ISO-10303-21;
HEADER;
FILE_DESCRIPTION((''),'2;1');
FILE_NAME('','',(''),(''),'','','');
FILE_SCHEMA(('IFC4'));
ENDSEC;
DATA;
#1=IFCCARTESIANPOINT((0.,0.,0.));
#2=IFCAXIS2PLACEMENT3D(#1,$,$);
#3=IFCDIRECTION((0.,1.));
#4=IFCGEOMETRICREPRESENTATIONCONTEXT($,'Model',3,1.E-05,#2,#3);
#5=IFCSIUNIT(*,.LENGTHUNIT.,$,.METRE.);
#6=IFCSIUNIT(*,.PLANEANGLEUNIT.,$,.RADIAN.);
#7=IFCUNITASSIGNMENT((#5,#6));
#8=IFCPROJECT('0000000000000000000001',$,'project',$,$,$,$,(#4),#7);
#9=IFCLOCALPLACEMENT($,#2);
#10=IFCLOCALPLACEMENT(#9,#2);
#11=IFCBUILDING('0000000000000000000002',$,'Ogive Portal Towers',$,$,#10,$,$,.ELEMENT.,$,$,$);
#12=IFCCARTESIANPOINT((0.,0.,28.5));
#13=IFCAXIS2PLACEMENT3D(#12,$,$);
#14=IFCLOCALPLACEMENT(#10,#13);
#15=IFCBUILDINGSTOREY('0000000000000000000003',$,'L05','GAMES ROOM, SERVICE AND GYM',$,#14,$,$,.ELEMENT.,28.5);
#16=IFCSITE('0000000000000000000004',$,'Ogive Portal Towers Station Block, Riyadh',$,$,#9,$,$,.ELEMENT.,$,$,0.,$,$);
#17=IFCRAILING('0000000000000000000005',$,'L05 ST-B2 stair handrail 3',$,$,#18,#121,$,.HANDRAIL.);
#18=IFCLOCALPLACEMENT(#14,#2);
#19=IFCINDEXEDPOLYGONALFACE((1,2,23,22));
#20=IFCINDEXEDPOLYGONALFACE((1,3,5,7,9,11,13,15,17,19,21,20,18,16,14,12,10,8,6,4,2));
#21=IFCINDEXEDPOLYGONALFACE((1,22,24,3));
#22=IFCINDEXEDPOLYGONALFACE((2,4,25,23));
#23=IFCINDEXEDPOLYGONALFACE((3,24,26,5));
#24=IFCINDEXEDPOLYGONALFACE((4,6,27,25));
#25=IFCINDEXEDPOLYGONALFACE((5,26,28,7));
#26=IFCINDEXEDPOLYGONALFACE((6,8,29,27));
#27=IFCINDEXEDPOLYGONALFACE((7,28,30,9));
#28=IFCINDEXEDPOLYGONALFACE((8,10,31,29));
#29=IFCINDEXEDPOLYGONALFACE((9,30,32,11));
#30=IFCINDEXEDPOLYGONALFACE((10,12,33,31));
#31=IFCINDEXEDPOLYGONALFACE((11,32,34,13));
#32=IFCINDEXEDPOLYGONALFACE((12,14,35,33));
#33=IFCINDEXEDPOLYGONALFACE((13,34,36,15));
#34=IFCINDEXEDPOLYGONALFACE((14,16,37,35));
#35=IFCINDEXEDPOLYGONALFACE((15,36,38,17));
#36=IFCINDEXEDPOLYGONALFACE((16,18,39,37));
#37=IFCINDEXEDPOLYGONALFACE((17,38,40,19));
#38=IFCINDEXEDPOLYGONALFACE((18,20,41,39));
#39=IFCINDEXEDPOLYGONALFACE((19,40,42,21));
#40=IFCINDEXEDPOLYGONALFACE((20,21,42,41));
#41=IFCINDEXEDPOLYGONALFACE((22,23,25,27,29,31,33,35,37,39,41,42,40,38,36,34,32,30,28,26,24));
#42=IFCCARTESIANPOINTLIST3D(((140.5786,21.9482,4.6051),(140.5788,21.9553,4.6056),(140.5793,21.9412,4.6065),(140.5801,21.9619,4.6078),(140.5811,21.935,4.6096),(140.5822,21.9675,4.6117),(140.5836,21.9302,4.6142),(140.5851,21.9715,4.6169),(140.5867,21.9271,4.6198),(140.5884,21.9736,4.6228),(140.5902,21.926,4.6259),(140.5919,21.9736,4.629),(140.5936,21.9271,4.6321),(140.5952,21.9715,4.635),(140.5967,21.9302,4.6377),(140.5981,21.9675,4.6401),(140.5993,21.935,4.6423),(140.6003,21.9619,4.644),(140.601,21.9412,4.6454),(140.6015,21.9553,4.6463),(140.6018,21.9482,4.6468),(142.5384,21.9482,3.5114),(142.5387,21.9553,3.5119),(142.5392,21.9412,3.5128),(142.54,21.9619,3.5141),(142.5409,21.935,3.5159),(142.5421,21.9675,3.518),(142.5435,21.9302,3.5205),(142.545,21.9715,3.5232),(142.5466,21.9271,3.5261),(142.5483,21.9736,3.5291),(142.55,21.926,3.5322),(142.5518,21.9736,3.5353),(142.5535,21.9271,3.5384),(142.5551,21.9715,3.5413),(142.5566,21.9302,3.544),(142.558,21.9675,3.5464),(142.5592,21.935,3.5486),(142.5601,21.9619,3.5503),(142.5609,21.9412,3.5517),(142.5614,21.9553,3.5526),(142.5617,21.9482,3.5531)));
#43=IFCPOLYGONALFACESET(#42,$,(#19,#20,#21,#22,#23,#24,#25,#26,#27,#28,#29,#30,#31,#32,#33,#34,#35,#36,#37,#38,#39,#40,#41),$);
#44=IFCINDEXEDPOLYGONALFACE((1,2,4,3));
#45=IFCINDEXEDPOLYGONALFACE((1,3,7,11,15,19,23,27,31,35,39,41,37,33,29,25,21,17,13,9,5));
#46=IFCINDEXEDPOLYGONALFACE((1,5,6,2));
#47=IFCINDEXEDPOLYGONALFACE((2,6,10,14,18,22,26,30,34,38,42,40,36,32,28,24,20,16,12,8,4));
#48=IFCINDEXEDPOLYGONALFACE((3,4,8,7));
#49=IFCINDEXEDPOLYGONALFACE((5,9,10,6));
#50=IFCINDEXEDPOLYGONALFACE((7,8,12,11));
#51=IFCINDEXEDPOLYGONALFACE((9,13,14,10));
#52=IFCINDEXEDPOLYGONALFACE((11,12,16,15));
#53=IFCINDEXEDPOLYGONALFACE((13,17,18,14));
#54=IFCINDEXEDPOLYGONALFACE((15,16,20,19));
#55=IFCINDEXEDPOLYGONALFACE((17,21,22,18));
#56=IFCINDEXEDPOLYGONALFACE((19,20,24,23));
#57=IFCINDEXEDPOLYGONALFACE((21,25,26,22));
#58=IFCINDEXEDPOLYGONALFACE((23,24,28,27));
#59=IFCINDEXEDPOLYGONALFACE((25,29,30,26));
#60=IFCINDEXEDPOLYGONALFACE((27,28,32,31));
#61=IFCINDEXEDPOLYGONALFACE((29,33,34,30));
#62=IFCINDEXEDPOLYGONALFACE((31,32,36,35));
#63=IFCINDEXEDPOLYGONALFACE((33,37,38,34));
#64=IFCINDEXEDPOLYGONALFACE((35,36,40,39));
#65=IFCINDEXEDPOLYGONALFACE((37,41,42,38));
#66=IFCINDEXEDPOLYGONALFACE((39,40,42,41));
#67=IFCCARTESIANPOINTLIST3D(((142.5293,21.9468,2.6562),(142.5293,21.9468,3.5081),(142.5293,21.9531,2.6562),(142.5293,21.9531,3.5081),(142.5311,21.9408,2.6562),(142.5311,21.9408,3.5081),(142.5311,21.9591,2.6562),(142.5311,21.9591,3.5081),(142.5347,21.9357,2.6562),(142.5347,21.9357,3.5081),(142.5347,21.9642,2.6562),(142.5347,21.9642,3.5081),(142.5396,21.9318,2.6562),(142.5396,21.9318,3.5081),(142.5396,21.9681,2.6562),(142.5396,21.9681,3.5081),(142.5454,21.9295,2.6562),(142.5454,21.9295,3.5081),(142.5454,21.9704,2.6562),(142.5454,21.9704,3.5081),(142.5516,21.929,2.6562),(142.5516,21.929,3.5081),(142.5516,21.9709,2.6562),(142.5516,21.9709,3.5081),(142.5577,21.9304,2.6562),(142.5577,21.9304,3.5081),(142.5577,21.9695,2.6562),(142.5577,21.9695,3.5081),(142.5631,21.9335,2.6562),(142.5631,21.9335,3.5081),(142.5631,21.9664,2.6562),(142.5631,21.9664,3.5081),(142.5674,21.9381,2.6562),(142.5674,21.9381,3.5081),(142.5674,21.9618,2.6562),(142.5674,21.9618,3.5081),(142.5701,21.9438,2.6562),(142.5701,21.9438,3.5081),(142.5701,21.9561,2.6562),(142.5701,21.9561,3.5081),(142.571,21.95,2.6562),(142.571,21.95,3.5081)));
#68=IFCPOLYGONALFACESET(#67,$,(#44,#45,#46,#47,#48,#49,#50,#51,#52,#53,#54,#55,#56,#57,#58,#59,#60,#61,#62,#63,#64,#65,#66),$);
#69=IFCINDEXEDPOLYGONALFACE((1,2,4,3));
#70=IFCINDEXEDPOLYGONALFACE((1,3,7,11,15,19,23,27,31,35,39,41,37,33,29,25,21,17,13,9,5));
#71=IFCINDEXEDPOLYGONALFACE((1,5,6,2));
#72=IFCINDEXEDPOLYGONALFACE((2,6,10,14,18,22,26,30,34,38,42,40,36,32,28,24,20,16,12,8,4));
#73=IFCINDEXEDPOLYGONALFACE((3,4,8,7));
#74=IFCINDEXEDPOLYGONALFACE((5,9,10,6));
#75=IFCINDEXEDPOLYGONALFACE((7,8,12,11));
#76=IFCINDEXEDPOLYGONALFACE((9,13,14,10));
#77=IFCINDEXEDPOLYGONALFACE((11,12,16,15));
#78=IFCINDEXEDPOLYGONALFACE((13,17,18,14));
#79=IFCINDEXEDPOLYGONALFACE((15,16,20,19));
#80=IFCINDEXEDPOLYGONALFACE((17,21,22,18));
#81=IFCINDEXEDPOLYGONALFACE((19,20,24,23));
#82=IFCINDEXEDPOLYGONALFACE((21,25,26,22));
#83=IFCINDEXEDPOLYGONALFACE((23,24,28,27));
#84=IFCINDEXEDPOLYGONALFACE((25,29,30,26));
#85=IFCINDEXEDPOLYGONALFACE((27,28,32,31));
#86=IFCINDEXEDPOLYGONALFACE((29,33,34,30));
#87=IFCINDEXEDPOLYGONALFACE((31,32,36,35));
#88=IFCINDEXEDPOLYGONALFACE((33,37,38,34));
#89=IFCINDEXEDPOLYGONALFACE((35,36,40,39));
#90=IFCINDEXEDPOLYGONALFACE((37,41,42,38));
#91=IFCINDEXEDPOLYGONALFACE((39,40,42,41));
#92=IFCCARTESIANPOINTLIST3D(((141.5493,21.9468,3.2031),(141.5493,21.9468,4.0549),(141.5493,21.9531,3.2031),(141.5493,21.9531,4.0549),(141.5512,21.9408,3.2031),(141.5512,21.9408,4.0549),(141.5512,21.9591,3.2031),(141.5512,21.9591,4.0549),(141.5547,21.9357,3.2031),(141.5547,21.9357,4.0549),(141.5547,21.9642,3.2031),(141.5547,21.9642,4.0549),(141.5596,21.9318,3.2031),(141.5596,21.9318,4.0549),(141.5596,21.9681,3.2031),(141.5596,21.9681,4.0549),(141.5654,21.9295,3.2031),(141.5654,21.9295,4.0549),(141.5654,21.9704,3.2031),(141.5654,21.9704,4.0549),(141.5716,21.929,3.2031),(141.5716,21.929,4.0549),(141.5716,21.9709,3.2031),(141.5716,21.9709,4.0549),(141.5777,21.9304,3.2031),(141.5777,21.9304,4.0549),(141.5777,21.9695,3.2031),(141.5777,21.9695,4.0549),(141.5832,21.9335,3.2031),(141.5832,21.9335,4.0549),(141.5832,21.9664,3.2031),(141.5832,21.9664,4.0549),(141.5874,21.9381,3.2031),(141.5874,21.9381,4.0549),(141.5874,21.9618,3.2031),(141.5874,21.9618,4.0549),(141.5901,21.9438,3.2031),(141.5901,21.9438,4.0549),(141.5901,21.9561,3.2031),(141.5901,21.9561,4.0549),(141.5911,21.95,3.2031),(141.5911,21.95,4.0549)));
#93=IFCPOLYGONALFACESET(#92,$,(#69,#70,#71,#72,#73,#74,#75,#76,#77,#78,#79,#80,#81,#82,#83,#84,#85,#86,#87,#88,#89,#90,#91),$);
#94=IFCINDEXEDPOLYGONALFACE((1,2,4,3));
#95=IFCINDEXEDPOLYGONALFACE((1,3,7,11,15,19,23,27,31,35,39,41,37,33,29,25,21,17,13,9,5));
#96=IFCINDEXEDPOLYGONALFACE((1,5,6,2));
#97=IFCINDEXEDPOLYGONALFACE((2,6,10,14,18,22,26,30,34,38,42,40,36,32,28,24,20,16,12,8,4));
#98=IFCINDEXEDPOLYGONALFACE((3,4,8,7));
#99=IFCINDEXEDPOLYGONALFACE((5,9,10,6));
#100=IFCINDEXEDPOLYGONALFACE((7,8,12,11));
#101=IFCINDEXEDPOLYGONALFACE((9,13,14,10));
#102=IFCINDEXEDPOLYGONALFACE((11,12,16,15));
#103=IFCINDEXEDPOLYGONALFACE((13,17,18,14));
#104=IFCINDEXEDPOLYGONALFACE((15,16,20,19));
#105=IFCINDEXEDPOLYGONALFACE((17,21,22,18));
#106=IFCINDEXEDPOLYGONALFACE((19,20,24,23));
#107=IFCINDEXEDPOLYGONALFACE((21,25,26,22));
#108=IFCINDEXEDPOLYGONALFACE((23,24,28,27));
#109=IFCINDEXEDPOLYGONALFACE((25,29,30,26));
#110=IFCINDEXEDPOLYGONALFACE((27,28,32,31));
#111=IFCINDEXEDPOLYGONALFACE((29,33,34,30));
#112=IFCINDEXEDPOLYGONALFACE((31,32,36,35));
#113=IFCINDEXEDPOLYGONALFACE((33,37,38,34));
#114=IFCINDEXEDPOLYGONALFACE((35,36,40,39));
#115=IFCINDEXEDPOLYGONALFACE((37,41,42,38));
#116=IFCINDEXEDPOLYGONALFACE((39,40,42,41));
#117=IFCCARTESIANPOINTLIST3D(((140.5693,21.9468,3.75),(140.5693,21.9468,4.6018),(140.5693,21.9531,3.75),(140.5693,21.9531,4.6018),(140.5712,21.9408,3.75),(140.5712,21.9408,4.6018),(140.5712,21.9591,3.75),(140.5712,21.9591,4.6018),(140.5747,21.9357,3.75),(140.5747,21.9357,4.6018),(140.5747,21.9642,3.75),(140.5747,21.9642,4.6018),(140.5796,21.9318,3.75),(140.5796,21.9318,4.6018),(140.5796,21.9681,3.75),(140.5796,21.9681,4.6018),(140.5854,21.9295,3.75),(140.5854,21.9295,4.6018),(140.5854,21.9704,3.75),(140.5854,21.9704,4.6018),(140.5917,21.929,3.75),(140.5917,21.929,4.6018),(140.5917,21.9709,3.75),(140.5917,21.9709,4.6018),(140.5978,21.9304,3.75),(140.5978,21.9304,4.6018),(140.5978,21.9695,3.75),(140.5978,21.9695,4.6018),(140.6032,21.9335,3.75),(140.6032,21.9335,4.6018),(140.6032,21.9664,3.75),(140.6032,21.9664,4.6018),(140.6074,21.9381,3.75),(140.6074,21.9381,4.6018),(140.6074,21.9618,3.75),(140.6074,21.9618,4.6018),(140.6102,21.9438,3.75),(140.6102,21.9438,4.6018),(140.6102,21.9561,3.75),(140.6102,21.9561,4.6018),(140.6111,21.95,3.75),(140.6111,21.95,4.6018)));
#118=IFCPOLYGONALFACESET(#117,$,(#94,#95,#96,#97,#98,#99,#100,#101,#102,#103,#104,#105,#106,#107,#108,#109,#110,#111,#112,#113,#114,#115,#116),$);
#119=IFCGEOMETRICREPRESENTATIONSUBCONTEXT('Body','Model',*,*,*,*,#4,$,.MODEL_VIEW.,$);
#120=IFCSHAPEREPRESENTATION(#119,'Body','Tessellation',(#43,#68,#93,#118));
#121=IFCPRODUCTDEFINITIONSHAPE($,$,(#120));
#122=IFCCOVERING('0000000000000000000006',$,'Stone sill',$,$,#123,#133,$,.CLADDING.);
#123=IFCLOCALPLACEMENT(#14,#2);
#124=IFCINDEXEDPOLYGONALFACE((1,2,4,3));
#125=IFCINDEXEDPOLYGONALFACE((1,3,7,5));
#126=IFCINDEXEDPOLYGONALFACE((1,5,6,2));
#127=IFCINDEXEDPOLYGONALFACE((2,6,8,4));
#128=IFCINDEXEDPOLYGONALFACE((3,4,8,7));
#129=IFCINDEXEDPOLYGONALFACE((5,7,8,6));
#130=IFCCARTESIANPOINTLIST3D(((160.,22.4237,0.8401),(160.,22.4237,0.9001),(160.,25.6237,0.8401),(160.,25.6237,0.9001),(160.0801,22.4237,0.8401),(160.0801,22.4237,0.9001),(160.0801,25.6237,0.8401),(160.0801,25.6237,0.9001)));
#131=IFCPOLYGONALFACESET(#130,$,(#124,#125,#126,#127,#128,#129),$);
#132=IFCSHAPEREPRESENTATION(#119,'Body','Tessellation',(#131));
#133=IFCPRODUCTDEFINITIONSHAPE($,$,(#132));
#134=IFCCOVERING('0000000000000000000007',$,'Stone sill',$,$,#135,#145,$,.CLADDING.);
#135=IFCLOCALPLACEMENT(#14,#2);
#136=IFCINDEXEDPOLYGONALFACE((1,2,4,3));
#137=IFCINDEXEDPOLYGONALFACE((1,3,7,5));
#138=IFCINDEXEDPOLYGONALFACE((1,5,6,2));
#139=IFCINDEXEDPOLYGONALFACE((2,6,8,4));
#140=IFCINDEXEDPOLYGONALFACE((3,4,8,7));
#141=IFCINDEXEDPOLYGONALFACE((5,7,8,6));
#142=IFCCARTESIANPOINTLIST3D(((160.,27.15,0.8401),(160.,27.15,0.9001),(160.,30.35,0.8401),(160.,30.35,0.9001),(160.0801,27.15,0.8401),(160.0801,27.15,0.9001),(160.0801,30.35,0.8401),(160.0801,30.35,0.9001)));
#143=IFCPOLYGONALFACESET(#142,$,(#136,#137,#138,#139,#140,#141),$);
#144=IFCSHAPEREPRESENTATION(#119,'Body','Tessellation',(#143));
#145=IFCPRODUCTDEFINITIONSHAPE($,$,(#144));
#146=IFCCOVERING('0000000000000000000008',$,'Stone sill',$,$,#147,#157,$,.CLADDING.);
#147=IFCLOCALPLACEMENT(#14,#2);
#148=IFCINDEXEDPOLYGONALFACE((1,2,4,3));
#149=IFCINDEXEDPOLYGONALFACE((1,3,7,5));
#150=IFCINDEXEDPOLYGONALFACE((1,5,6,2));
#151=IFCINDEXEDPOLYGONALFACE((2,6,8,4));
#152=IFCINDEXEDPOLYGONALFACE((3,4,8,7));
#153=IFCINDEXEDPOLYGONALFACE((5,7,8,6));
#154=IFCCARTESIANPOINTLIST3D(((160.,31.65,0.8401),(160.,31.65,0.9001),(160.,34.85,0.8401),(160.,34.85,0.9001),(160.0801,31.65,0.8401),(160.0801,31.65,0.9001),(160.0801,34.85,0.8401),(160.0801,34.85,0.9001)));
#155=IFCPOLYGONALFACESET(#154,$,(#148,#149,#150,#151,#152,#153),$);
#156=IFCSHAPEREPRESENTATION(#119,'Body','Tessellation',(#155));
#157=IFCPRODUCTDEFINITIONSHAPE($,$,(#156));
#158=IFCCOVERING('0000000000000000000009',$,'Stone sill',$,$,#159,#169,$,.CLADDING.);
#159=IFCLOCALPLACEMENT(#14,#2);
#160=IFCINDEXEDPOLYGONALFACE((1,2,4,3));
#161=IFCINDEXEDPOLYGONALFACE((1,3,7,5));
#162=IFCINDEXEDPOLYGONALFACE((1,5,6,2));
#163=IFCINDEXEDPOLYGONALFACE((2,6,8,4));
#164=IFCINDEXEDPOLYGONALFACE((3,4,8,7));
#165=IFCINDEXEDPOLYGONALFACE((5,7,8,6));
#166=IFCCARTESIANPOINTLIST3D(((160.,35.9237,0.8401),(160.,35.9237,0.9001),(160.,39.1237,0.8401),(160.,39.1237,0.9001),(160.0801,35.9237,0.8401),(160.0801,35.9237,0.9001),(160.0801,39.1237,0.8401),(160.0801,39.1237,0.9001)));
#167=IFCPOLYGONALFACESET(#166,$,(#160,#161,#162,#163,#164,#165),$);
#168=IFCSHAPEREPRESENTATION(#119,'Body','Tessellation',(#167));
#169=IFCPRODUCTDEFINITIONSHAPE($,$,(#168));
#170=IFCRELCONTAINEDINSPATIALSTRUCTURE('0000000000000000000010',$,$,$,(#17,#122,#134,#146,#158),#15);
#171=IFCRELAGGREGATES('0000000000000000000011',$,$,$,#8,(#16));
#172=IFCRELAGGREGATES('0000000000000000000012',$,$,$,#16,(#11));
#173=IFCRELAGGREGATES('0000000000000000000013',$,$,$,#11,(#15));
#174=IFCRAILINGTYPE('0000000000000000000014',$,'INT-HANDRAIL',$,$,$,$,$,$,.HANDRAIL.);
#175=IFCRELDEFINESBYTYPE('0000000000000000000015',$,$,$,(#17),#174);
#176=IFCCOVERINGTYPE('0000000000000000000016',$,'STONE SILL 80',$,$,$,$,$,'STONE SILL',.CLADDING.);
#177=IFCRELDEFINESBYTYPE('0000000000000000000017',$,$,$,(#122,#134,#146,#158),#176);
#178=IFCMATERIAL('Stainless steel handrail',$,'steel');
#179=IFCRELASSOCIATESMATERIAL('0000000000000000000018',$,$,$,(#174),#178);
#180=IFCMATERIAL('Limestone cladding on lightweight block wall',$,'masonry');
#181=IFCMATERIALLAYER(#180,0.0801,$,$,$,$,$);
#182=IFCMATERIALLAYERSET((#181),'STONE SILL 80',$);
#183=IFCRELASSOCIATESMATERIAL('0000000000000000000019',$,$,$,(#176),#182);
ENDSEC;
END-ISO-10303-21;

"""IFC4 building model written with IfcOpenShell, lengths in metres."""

from ifc_helpers import new_model, si_unit, direction, frame, origin, origin_2d, place, context, subcontext, project, spatial, rectangle, circle, extrude, material, layer, layer_set, type_object, element, save


model = new_model("IFC4")

# Units and contexts
model_context = context("Model", 3, precision=1e-05, world=origin(), true_north=direction((0.0, 1.0)))
body_context = subcontext(model_context, "Body", "Model", "MODEL_VIEW")
ifc_project = project(units=[si_unit("LENGTHUNIT", "METRE"), si_unit("PLANEANGLEUNIT", "RADIAN")], contexts=[model_context])

# Site, building, storey
site_placement = place(None, origin())
site = spatial("IfcSite", under=ifc_project, at=site_placement, Name="Ogive Portal Towers Station Block, Riyadh", CompositionType="ELEMENT", RefElevation=0.0)
building_placement = place(site_placement, origin())
building = spatial("IfcBuilding", under=site, at=building_placement, Name="Ogive Portal Towers", CompositionType="ELEMENT")
storey_placement = place(building_placement, frame((0.0, 0.0, 28.5)))
storey = spatial("IfcBuildingStorey", under=building, at=storey_placement, Name="L05", Description="GAMES ROOM, SERVICE AND GYM", CompositionType="ELEMENT", Elevation=28.5)

# Railing
ifc_material_1 = material(Name="Stainless steel handrail", Category="steel")
railing_type = type_object("IfcRailingType", Name="INT-HANDRAIL", PredefinedType="HANDRAIL", material=ifc_material_1)
railing_placement = place(storey_placement, frame((142.55, 21.95, 2.6562)))
element("IfcRailing", 1, at=railing_placement, inside=storey, type_object=railing_type, Name="L05 ST-B2 stair handrail 3", PredefinedType="HANDRAIL", context=body_context, shape_type="SweptSolid", body=[
    extrude(circle(Radius=0.0239, at=origin_2d()), frame((0.0, 0.0, 0.876), z_axis=(-0.873232, 0.0, 0.487304), x_axis=(0.0, -1.0, 0.0)), (0.0, 0.0, 1.0), 2.2444),
    extrude(circle(Radius=0.021, at=origin_2d()), origin(), (0.0, 0.0, 1.0), 0.8518),
    extrude(circle(Radius=0.021, at=origin_2d()), frame((-0.98, 0.0, 0.5469)), (0.0, 0.0, 1.0), 0.8518),
    extrude(circle(Radius=0.021, at=origin_2d()), frame((-1.96, 0.0, 1.0938)), (0.0, 0.0, 1.0), 0.8518),
])

# Coverings
ifc_material_2 = material(Name="Limestone cladding on lightweight block wall", Category="masonry")
ifc_layer_1 = layer(ifc_material_2, 0.0801)
ifc_layer_set_1 = layer_set([ifc_layer_1], Name="STONE SILL 80")
covering_type = type_object("IfcCoveringType", Name="STONE SILL 80", ElementType="STONE SILL", PredefinedType="CLADDING", material=ifc_layer_set_1)
for number, where, z_axis, x_axis, name in (
    (2, (160.04, 24.0237, 0.8401), (0.0, 0.0, 1.0), (0.0, 1.0, 0.0), "Stone sill"),
    (3, (160.04, 28.75, 0.8401), (0.0, 0.0, 1.0), (0.0, 1.0, 0.0), "Stone sill"),
    (4, (160.04, 33.25, 0.8401), (0.0, 0.0, 1.0), (0.0, 1.0, 0.0), "Stone sill"),
    (5, (160.04, 37.5237, 0.8401), (0.0, 0.0, 1.0), (0.0, 1.0, 0.0), "Stone sill"),
):
    element("IfcCovering", number, at=place(storey_placement, frame(where, z_axis=z_axis, x_axis=x_axis)), inside=storey, type_object=covering_type, Name=name, PredefinedType="CLADDING", context=body_context, shape_type="SweptSolid", body=[
        extrude(rectangle(XDim=3.2, YDim=0.0801, at=origin_2d()), origin(), (0.0, 0.0, 1.0), 0.0601),
    ])

save(model, "model.ifc")
